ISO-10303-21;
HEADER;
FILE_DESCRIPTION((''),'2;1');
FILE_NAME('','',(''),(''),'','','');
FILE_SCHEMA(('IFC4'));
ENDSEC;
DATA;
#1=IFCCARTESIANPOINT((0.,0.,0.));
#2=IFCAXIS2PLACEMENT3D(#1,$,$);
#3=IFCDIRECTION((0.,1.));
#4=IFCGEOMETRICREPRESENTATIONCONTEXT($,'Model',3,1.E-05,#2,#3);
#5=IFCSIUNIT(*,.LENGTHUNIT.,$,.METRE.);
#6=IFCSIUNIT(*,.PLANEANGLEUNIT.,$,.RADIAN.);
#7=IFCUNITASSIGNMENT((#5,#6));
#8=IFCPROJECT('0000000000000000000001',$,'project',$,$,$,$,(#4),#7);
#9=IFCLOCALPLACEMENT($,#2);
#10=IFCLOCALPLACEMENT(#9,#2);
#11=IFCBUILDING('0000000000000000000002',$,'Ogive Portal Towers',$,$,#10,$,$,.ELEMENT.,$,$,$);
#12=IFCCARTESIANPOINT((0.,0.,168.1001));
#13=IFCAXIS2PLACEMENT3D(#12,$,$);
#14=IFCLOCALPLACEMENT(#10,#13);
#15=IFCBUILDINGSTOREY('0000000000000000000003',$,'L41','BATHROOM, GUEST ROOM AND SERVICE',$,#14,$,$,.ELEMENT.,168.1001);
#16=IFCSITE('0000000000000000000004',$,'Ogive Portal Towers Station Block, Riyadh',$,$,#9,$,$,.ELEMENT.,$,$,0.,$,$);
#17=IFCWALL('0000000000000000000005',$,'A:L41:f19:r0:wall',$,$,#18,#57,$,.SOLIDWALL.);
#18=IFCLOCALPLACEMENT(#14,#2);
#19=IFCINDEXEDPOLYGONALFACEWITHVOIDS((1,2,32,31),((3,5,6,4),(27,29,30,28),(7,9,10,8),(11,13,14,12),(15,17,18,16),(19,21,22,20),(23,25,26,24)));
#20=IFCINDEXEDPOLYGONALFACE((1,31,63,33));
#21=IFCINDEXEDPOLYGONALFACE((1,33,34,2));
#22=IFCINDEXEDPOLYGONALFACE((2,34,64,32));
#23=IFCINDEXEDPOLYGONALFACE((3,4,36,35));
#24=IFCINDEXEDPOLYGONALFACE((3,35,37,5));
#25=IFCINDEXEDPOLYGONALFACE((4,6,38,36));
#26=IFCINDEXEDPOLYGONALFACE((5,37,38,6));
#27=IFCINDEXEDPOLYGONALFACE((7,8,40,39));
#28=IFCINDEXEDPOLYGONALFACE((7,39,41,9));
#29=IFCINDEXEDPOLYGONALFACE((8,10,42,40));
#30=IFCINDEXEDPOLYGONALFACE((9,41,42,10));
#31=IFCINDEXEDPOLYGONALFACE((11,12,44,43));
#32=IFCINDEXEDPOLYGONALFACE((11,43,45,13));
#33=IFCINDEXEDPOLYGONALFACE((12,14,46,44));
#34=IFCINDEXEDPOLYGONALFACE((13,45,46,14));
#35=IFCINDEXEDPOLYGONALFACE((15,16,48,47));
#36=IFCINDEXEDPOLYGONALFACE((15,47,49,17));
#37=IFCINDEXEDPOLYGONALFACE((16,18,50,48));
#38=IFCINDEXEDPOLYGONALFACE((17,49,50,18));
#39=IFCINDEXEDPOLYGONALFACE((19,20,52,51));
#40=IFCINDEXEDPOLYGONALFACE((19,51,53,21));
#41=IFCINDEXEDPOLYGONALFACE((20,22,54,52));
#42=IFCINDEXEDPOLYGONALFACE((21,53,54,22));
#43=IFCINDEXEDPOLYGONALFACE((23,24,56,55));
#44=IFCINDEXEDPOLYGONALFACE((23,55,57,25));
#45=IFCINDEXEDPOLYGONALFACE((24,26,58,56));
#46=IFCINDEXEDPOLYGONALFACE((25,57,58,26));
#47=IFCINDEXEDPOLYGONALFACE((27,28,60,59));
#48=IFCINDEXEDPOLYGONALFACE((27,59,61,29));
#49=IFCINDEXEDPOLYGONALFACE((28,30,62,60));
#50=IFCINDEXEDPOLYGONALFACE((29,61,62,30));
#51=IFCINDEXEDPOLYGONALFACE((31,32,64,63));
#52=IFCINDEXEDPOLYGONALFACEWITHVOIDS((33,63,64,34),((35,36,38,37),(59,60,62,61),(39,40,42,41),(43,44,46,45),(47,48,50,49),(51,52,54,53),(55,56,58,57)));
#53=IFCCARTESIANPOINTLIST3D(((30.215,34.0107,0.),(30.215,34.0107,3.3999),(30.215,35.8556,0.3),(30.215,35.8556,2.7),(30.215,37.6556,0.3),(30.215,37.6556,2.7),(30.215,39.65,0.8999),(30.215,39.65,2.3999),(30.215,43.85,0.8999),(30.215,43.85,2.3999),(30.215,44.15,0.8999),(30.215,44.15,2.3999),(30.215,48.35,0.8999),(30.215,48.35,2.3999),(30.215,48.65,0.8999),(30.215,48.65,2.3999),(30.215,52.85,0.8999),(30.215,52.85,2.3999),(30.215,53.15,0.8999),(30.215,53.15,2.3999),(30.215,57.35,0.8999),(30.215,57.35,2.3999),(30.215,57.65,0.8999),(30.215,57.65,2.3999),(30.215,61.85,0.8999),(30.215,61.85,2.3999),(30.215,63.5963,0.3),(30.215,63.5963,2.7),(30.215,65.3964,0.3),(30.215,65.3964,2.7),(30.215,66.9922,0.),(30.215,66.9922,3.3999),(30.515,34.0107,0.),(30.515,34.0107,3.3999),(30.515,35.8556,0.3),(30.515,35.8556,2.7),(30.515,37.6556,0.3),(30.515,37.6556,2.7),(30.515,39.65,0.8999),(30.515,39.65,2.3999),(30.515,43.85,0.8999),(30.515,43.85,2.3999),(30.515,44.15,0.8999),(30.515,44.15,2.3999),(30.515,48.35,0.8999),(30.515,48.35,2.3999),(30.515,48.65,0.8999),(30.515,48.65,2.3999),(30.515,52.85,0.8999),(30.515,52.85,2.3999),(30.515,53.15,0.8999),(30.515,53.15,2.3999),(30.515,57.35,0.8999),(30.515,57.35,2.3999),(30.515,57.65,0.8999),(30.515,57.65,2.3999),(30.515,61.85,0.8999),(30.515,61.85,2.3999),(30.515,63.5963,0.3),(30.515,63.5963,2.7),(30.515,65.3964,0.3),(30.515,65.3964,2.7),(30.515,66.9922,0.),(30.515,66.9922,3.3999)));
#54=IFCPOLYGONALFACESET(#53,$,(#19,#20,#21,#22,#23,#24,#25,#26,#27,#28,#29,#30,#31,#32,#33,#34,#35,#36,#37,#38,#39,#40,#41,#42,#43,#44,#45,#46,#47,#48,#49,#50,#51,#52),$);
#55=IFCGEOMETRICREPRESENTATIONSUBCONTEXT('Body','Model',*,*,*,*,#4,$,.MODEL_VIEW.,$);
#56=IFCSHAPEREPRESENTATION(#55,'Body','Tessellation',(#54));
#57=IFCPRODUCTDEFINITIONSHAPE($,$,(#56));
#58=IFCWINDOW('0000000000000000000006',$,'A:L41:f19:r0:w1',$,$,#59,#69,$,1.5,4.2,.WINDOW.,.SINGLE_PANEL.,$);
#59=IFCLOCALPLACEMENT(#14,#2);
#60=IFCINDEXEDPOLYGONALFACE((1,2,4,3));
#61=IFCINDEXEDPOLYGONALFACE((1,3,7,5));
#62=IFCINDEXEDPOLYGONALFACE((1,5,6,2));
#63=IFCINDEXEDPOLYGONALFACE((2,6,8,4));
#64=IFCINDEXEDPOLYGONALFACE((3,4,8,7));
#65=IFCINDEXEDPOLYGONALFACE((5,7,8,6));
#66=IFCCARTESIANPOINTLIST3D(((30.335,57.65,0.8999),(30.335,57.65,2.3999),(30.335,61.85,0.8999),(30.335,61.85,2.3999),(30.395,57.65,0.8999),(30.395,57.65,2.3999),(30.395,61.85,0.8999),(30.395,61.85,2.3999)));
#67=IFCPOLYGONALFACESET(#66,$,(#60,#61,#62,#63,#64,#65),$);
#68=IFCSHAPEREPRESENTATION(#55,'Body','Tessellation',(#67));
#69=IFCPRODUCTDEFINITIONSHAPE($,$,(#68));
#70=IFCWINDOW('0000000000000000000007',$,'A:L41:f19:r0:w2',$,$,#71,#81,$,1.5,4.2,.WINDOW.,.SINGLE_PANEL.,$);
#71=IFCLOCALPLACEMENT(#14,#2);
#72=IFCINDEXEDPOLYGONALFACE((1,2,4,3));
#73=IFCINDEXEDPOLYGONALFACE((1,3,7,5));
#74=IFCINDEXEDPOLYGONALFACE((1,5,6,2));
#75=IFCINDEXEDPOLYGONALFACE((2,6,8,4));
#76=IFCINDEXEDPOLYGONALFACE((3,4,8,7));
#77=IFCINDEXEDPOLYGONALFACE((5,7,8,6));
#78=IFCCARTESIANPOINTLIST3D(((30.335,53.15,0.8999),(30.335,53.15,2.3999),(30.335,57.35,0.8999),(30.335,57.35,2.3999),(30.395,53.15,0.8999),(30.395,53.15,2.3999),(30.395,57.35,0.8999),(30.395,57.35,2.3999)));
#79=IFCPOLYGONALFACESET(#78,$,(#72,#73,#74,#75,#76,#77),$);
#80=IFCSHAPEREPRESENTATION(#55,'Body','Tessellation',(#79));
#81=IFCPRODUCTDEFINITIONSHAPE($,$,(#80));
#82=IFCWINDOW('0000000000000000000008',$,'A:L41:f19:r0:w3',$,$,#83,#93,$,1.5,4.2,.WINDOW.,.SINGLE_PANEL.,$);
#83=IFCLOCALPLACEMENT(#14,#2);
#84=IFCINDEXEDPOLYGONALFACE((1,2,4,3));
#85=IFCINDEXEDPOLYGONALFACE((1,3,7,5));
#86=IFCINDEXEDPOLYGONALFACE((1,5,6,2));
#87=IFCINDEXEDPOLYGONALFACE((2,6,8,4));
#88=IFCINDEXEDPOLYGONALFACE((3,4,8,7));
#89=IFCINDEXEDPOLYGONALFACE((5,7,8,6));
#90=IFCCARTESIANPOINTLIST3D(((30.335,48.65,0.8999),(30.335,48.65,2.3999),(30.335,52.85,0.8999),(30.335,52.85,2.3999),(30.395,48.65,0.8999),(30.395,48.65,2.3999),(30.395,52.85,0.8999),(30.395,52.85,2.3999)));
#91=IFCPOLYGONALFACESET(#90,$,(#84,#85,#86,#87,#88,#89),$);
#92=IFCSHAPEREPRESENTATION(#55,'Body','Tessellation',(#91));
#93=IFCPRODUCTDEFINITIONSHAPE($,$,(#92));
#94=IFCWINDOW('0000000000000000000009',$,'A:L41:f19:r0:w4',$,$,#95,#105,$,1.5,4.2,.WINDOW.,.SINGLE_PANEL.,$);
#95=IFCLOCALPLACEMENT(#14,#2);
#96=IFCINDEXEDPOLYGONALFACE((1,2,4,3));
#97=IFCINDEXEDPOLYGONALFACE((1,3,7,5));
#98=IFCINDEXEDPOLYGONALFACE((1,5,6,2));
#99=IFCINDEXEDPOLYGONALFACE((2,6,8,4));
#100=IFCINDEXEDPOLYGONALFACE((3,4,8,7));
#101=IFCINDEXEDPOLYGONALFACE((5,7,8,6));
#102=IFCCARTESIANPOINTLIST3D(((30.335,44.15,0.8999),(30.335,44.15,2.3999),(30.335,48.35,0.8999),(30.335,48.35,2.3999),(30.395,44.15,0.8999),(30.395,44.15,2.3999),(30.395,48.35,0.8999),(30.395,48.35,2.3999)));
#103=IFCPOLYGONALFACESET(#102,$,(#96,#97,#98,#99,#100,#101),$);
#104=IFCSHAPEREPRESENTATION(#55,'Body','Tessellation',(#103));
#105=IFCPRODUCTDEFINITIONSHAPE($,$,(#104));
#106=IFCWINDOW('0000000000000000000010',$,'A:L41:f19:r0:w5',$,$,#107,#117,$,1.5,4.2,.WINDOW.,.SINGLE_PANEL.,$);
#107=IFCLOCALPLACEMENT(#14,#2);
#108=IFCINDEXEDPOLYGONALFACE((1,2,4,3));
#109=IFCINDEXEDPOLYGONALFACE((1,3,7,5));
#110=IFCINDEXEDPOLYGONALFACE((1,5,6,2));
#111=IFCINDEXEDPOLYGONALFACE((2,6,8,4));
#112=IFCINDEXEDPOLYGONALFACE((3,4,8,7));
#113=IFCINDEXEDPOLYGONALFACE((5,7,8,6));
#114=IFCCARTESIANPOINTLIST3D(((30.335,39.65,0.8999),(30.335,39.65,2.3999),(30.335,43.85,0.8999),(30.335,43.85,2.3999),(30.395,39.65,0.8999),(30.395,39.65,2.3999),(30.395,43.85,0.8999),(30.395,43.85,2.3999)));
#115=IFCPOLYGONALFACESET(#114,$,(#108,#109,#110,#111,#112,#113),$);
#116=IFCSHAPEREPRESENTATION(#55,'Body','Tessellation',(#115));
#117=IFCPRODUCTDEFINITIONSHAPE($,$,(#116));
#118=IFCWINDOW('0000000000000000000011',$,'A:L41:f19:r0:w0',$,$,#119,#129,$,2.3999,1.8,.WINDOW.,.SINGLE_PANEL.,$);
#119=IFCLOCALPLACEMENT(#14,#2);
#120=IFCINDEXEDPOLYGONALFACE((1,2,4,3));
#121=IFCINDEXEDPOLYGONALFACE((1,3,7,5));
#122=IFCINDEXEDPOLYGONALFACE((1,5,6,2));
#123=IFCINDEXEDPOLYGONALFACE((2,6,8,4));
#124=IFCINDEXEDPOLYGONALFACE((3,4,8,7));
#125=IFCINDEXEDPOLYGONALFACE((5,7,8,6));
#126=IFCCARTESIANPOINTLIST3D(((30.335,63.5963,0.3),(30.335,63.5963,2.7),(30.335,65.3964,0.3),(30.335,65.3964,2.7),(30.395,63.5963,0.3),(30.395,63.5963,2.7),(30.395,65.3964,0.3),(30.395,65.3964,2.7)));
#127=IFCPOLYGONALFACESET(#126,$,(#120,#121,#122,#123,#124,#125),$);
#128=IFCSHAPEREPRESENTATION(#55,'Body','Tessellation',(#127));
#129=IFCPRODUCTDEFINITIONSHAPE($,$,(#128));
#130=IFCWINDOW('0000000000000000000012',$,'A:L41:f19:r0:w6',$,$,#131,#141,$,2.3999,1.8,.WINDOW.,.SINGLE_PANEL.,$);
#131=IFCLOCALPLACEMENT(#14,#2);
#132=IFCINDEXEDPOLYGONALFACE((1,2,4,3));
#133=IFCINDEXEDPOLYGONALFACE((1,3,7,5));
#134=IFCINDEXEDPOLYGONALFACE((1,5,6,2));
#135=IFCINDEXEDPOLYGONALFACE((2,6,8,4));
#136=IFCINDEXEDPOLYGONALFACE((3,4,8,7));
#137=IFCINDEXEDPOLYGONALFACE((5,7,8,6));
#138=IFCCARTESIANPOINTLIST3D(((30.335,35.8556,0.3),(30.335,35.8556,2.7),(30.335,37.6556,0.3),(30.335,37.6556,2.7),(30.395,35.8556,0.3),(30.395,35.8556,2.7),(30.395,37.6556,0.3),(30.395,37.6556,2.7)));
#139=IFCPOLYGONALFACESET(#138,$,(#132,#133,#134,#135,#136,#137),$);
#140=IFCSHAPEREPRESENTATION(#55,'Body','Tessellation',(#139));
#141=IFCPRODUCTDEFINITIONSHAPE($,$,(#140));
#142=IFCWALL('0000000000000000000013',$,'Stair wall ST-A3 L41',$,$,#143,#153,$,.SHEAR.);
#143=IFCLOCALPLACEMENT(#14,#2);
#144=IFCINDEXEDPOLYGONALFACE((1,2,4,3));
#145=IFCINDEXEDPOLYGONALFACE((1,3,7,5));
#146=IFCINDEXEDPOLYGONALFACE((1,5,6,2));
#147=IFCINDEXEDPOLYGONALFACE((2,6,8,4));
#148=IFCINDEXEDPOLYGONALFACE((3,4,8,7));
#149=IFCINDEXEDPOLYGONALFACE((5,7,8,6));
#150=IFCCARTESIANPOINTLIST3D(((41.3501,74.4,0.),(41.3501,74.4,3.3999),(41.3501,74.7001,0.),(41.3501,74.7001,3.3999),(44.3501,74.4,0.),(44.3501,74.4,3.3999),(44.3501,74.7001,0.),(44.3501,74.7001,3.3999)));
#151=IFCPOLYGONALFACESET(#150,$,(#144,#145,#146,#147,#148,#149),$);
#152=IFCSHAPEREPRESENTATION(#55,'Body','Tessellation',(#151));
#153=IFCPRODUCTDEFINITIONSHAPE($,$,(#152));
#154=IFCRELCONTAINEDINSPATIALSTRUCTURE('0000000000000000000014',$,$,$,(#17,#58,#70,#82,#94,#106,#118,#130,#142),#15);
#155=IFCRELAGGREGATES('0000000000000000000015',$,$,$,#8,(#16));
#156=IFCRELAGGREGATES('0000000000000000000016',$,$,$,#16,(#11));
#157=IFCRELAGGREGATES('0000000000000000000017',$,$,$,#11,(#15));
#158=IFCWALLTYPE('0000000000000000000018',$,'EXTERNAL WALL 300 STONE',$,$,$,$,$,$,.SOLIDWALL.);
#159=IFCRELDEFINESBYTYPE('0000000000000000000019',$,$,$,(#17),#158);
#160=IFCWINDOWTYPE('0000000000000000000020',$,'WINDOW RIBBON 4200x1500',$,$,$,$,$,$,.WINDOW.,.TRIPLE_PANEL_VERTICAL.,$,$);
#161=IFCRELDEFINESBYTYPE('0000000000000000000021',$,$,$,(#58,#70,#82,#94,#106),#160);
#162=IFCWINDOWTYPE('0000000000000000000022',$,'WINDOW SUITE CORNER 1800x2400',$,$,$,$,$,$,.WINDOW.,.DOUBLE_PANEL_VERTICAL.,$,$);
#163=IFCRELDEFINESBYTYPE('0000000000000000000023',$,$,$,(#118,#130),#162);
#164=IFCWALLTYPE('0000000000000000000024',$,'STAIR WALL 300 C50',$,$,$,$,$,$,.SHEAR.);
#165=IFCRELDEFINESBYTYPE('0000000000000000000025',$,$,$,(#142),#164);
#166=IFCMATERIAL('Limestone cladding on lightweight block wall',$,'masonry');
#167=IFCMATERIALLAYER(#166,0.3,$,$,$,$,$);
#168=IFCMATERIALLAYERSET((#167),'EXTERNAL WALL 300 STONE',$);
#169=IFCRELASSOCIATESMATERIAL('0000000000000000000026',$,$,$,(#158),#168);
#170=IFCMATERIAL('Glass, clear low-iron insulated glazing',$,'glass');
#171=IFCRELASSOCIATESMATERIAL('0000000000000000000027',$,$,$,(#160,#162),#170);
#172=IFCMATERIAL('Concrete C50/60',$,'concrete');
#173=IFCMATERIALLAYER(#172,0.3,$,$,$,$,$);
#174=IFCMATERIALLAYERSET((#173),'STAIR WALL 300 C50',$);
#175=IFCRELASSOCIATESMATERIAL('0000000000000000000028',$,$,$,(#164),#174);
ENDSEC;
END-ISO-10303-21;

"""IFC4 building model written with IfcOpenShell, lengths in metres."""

from ifc_helpers import new_model, si_unit, direction, frame, frame_2d, origin, place, context, subcontext, project, spatial, rectangle, extrude, material, layer, layer_set, type_object, element, fill, save


model = new_model("IFC4")

# Units and contexts
model_context = context("Model", 3, precision=1e-05, world=origin(), true_north=direction((0.0, 1.0)))
body_context = subcontext(model_context, "Body", "Model", "MODEL_VIEW")
ifc_project = project(units=[si_unit("LENGTHUNIT", "METRE"), si_unit("PLANEANGLEUNIT", "RADIAN")], contexts=[model_context])

# Site, building, storey
site_placement = place(None, origin())
site = spatial("IfcSite", under=ifc_project, at=site_placement, Name="Ogive Portal Towers Station Block, Riyadh", CompositionType="ELEMENT", RefElevation=0.0)
building_placement = place(site_placement, origin())
building = spatial("IfcBuilding", under=site, at=building_placement, Name="Ogive Portal Towers", CompositionType="ELEMENT")
storey_placement = place(building_placement, frame((0.0, 0.0, 168.1001)))
storey = spatial("IfcBuildingStorey", under=building, at=storey_placement, Name="L41", Description="BATHROOM, GUEST ROOM AND SERVICE", CompositionType="ELEMENT", Elevation=168.1001)

# Shared definitions
ifc_material_1 = material(Name="Glass, clear low-iron insulated glazing", Category="glass")

# Wall, openings, windows
ifc_material_2 = material(Name="Limestone cladding on lightweight block wall", Category="masonry")
ifc_layer_1 = layer(ifc_material_2, 0.3)
ifc_layer_set_1 = layer_set([ifc_layer_1], Name="EXTERNAL WALL 300 STONE")
wall_type_1 = type_object("IfcWallType", Name="EXTERNAL WALL 300 STONE", PredefinedType="SOLIDWALL", material=ifc_layer_set_1)
wall_1_placement = place(storey_placement, frame((30.365, 66.9922, 0.0), z_axis=(0.0, 0.0, 1.0), x_axis=(0.0, -1.0, 0.0)))
wall_1 = element("IfcWall", 1, at=wall_1_placement, inside=storey, type_object=wall_type_1, Name="A:L41:f19:r0:wall", PredefinedType="SOLIDWALL", context=body_context, shape_type="SweptSolid", body=[
    extrude(rectangle(XDim=32.9814, YDim=0.3, at=frame_2d((16.4907, 0.0))), origin(), (0.0, 0.0, 1.0), 3.3999),
])
opening_1_placement = place(wall_1_placement, frame((1.5959, 0.0, 0.3)))
opening_1 = element("IfcOpeningElement", 2, at=opening_1_placement, cuts=wall_1, PredefinedType="OPENING", context=body_context, shape_type="SweptSolid", body=[
    extrude(rectangle(XDim=1.8, YDim=2.3999, at=frame_2d((0.8999, 1.2))), frame((0.0, 0.1602, 0.0), z_axis=(0.0, -1.0, 0.0), x_axis=(1.0, 0.0, 0.0)), (0.0, 0.0, 1.0), 0.3201),
])
opening_2_placement = place(wall_1_placement, frame((5.1421, 0.0, 0.8999)))
opening_2 = element("IfcOpeningElement", 3, at=opening_2_placement, cuts=wall_1, PredefinedType="OPENING", context=body_context, shape_type="SweptSolid", body=[
    extrude(rectangle(XDim=4.2, YDim=1.5, at=frame_2d((2.1001, 0.75))), frame((0.0, 0.1602, 0.0), z_axis=(0.0, -1.0, 0.0), x_axis=(1.0, 0.0, 0.0)), (0.0, 0.0, 1.0), 0.3201),
])
opening_3_placement = place(wall_1_placement, frame((9.6421, 0.0, 0.8999)))
opening_3 = element("IfcOpeningElement", 4, at=opening_3_placement, cuts=wall_1, PredefinedType="OPENING", context=body_context, shape_type="SweptSolid", body=[
    extrude(rectangle(XDim=4.2, YDim=1.5, at=frame_2d((2.1001, 0.75))), frame((0.0, 0.1602, 0.0), z_axis=(0.0, -1.0, 0.0), x_axis=(1.0, 0.0, 0.0)), (0.0, 0.0, 1.0), 0.3201),
])
opening_4_placement = place(wall_1_placement, frame((14.1421, 0.0, 0.8999)))
opening_4 = element("IfcOpeningElement", 5, at=opening_4_placement, cuts=wall_1, PredefinedType="OPENING", context=body_context, shape_type="SweptSolid", body=[
    extrude(rectangle(XDim=4.2, YDim=1.5, at=frame_2d((2.1001, 0.75))), frame((0.0, 0.1602, 0.0), z_axis=(0.0, -1.0, 0.0), x_axis=(1.0, 0.0, 0.0)), (0.0, 0.0, 1.0), 0.3201),
])
opening_5_placement = place(wall_1_placement, frame((18.6421, 0.0, 0.8999)))
opening_5 = element("IfcOpeningElement", 6, at=opening_5_placement, cuts=wall_1, PredefinedType="OPENING", context=body_context, shape_type="SweptSolid", body=[
    extrude(rectangle(XDim=4.2, YDim=1.5, at=frame_2d((2.1001, 0.75))), frame((0.0, 0.1602, 0.0), z_axis=(0.0, -1.0, 0.0), x_axis=(1.0, 0.0, 0.0)), (0.0, 0.0, 1.0), 0.3201),
])
opening_6_placement = place(wall_1_placement, frame((23.1421, 0.0, 0.8999)))
opening_6 = element("IfcOpeningElement", 7, at=opening_6_placement, cuts=wall_1, PredefinedType="OPENING", context=body_context, shape_type="SweptSolid", body=[
    extrude(rectangle(XDim=4.2, YDim=1.5, at=frame_2d((2.1001, 0.75))), frame((0.0, 0.1602, 0.0), z_axis=(0.0, -1.0, 0.0), x_axis=(1.0, 0.0, 0.0)), (0.0, 0.0, 1.0), 0.3201),
])
opening_7_placement = place(wall_1_placement, frame((29.3367, 0.0, 0.3)))
opening_7 = element("IfcOpeningElement", 8, at=opening_7_placement, cuts=wall_1, PredefinedType="OPENING", context=body_context, shape_type="SweptSolid", body=[
    extrude(rectangle(XDim=1.8, YDim=2.3999, at=frame_2d((0.8999, 1.2))), frame((0.0, 0.1602, 0.0), z_axis=(0.0, -1.0, 0.0), x_axis=(1.0, 0.0, 0.0)), (0.0, 0.0, 1.0), 0.3201),
])
window_type_1 = type_object("IfcWindowType", Name="WINDOW RIBBON 4200x1500", PartitioningType="TRIPLE_PANEL_VERTICAL", PredefinedType="WINDOW", material=ifc_material_1)
window_1_placement = place(opening_2_placement, origin())
window_1 = element("IfcWindow", 9, at=window_1_placement, inside=storey, type_object=window_type_1, Name="A:L41:f19:r0:w1", OverallHeight=1.5, OverallWidth=4.2, PartitioningType="SINGLE_PANEL", PredefinedType="WINDOW", context=body_context, shape_type="SweptSolid", body=[
    extrude(rectangle(XDim=4.2, YDim=1.5, at=frame_2d((2.1001, 0.75))), frame((0.0, 0.03, 0.0), z_axis=(0.0, -1.0, 0.0), x_axis=(1.0, 0.0, 0.0)), (0.0, 0.0, 1.0), 0.0601),
])
fill(opening_2, window_1)
window_2_placement = place(opening_3_placement, origin())
window_2 = element("IfcWindow", 10, at=window_2_placement, inside=storey, type_object=window_type_1, Name="A:L41:f19:r0:w2", OverallHeight=1.5, OverallWidth=4.2, PartitioningType="SINGLE_PANEL", PredefinedType="WINDOW", context=body_context, shape_type="SweptSolid", body=[
    extrude(rectangle(XDim=4.2, YDim=1.5, at=frame_2d((2.1001, 0.75))), frame((0.0, 0.03, 0.0), z_axis=(0.0, -1.0, 0.0), x_axis=(1.0, 0.0, 0.0)), (0.0, 0.0, 1.0), 0.0601),
])
fill(opening_3, window_2)
window_3_placement = place(opening_4_placement, origin())
window_3 = element("IfcWindow", 11, at=window_3_placement, inside=storey, type_object=window_type_1, Name="A:L41:f19:r0:w3", OverallHeight=1.5, OverallWidth=4.2, PartitioningType="SINGLE_PANEL", PredefinedType="WINDOW", context=body_context, shape_type="SweptSolid", body=[
    extrude(rectangle(XDim=4.2, YDim=1.5, at=frame_2d((2.1001, 0.75))), frame((0.0, 0.03, 0.0), z_axis=(0.0, -1.0, 0.0), x_axis=(1.0, 0.0, 0.0)), (0.0, 0.0, 1.0), 0.0601),
])
fill(opening_4, window_3)
window_4_placement = place(opening_5_placement, origin())
window_4 = element("IfcWindow", 12, at=window_4_placement, inside=storey, type_object=window_type_1, Name="A:L41:f19:r0:w4", OverallHeight=1.5, OverallWidth=4.2, PartitioningType="SINGLE_PANEL", PredefinedType="WINDOW", context=body_context, shape_type="SweptSolid", body=[
    extrude(rectangle(XDim=4.2, YDim=1.5, at=frame_2d((2.1001, 0.75))), frame((0.0, 0.03, 0.0), z_axis=(0.0, -1.0, 0.0), x_axis=(1.0, 0.0, 0.0)), (0.0, 0.0, 1.0), 0.0601),
])
fill(opening_5, window_4)
window_5_placement = place(opening_6_placement, origin())
window_5 = element("IfcWindow", 13, at=window_5_placement, inside=storey, type_object=window_type_1, Name="A:L41:f19:r0:w5", OverallHeight=1.5, OverallWidth=4.2, PartitioningType="SINGLE_PANEL", PredefinedType="WINDOW", context=body_context, shape_type="SweptSolid", body=[
    extrude(rectangle(XDim=4.2, YDim=1.5, at=frame_2d((2.1001, 0.75))), frame((0.0, 0.03, 0.0), z_axis=(0.0, -1.0, 0.0), x_axis=(1.0, 0.0, 0.0)), (0.0, 0.0, 1.0), 0.0601),
])
fill(opening_6, window_5)
window_type_2 = type_object("IfcWindowType", Name="WINDOW SUITE CORNER 1800x2400", PartitioningType="DOUBLE_PANEL_VERTICAL", PredefinedType="WINDOW", material=ifc_material_1)
window_6_placement = place(opening_1_placement, origin())
window_6 = element("IfcWindow", 14, at=window_6_placement, inside=storey, type_object=window_type_2, Name="A:L41:f19:r0:w0", OverallHeight=2.3999, OverallWidth=1.8, PartitioningType="SINGLE_PANEL", PredefinedType="WINDOW", context=body_context, shape_type="SweptSolid", body=[
    extrude(rectangle(XDim=1.8, YDim=2.3999, at=frame_2d((0.8999, 1.2))), frame((0.0, 0.03, 0.0), z_axis=(0.0, -1.0, 0.0), x_axis=(1.0, 0.0, 0.0)), (0.0, 0.0, 1.0), 0.0601),
])
fill(opening_1, window_6)
window_7_placement = place(opening_7_placement, origin())
window_7 = element("IfcWindow", 15, at=window_7_placement, inside=storey, type_object=window_type_2, Name="A:L41:f19:r0:w6", OverallHeight=2.3999, OverallWidth=1.8, PartitioningType="SINGLE_PANEL", PredefinedType="WINDOW", context=body_context, shape_type="SweptSolid", body=[
    extrude(rectangle(XDim=1.8, YDim=2.3999, at=frame_2d((0.8999, 1.2))), frame((0.0, 0.03, 0.0), z_axis=(0.0, -1.0, 0.0), x_axis=(1.0, 0.0, 0.0)), (0.0, 0.0, 1.0), 0.0601),
])
fill(opening_7, window_7)

# Wall
ifc_material_3 = material(Name="Concrete C50/60", Category="concrete")
ifc_layer_2 = layer(ifc_material_3, 0.3)
ifc_layer_set_2 = layer_set([ifc_layer_2], Name="STAIR WALL 300 C50")
wall_type_2 = type_object("IfcWallType", Name="STAIR WALL 300 C50", PredefinedType="SHEAR", material=ifc_layer_set_2)
wall_2_placement = place(storey_placement, frame((41.3501, 74.55, 0.0), z_axis=(0.0, 0.0, 1.0), x_axis=(1.0, 0.0, 0.0)))
element("IfcWall", 16, at=wall_2_placement, inside=storey, type_object=wall_type_2, Name="Stair wall ST-A3 L41", PredefinedType="SHEAR", context=body_context, shape_type="SweptSolid", body=[
    extrude(rectangle(XDim=3.0, YDim=0.3, at=frame_2d((1.5, 0.0))), origin(), (0.0, 0.0, 1.0), 3.3999),
])

save(model, "model.ifc")
